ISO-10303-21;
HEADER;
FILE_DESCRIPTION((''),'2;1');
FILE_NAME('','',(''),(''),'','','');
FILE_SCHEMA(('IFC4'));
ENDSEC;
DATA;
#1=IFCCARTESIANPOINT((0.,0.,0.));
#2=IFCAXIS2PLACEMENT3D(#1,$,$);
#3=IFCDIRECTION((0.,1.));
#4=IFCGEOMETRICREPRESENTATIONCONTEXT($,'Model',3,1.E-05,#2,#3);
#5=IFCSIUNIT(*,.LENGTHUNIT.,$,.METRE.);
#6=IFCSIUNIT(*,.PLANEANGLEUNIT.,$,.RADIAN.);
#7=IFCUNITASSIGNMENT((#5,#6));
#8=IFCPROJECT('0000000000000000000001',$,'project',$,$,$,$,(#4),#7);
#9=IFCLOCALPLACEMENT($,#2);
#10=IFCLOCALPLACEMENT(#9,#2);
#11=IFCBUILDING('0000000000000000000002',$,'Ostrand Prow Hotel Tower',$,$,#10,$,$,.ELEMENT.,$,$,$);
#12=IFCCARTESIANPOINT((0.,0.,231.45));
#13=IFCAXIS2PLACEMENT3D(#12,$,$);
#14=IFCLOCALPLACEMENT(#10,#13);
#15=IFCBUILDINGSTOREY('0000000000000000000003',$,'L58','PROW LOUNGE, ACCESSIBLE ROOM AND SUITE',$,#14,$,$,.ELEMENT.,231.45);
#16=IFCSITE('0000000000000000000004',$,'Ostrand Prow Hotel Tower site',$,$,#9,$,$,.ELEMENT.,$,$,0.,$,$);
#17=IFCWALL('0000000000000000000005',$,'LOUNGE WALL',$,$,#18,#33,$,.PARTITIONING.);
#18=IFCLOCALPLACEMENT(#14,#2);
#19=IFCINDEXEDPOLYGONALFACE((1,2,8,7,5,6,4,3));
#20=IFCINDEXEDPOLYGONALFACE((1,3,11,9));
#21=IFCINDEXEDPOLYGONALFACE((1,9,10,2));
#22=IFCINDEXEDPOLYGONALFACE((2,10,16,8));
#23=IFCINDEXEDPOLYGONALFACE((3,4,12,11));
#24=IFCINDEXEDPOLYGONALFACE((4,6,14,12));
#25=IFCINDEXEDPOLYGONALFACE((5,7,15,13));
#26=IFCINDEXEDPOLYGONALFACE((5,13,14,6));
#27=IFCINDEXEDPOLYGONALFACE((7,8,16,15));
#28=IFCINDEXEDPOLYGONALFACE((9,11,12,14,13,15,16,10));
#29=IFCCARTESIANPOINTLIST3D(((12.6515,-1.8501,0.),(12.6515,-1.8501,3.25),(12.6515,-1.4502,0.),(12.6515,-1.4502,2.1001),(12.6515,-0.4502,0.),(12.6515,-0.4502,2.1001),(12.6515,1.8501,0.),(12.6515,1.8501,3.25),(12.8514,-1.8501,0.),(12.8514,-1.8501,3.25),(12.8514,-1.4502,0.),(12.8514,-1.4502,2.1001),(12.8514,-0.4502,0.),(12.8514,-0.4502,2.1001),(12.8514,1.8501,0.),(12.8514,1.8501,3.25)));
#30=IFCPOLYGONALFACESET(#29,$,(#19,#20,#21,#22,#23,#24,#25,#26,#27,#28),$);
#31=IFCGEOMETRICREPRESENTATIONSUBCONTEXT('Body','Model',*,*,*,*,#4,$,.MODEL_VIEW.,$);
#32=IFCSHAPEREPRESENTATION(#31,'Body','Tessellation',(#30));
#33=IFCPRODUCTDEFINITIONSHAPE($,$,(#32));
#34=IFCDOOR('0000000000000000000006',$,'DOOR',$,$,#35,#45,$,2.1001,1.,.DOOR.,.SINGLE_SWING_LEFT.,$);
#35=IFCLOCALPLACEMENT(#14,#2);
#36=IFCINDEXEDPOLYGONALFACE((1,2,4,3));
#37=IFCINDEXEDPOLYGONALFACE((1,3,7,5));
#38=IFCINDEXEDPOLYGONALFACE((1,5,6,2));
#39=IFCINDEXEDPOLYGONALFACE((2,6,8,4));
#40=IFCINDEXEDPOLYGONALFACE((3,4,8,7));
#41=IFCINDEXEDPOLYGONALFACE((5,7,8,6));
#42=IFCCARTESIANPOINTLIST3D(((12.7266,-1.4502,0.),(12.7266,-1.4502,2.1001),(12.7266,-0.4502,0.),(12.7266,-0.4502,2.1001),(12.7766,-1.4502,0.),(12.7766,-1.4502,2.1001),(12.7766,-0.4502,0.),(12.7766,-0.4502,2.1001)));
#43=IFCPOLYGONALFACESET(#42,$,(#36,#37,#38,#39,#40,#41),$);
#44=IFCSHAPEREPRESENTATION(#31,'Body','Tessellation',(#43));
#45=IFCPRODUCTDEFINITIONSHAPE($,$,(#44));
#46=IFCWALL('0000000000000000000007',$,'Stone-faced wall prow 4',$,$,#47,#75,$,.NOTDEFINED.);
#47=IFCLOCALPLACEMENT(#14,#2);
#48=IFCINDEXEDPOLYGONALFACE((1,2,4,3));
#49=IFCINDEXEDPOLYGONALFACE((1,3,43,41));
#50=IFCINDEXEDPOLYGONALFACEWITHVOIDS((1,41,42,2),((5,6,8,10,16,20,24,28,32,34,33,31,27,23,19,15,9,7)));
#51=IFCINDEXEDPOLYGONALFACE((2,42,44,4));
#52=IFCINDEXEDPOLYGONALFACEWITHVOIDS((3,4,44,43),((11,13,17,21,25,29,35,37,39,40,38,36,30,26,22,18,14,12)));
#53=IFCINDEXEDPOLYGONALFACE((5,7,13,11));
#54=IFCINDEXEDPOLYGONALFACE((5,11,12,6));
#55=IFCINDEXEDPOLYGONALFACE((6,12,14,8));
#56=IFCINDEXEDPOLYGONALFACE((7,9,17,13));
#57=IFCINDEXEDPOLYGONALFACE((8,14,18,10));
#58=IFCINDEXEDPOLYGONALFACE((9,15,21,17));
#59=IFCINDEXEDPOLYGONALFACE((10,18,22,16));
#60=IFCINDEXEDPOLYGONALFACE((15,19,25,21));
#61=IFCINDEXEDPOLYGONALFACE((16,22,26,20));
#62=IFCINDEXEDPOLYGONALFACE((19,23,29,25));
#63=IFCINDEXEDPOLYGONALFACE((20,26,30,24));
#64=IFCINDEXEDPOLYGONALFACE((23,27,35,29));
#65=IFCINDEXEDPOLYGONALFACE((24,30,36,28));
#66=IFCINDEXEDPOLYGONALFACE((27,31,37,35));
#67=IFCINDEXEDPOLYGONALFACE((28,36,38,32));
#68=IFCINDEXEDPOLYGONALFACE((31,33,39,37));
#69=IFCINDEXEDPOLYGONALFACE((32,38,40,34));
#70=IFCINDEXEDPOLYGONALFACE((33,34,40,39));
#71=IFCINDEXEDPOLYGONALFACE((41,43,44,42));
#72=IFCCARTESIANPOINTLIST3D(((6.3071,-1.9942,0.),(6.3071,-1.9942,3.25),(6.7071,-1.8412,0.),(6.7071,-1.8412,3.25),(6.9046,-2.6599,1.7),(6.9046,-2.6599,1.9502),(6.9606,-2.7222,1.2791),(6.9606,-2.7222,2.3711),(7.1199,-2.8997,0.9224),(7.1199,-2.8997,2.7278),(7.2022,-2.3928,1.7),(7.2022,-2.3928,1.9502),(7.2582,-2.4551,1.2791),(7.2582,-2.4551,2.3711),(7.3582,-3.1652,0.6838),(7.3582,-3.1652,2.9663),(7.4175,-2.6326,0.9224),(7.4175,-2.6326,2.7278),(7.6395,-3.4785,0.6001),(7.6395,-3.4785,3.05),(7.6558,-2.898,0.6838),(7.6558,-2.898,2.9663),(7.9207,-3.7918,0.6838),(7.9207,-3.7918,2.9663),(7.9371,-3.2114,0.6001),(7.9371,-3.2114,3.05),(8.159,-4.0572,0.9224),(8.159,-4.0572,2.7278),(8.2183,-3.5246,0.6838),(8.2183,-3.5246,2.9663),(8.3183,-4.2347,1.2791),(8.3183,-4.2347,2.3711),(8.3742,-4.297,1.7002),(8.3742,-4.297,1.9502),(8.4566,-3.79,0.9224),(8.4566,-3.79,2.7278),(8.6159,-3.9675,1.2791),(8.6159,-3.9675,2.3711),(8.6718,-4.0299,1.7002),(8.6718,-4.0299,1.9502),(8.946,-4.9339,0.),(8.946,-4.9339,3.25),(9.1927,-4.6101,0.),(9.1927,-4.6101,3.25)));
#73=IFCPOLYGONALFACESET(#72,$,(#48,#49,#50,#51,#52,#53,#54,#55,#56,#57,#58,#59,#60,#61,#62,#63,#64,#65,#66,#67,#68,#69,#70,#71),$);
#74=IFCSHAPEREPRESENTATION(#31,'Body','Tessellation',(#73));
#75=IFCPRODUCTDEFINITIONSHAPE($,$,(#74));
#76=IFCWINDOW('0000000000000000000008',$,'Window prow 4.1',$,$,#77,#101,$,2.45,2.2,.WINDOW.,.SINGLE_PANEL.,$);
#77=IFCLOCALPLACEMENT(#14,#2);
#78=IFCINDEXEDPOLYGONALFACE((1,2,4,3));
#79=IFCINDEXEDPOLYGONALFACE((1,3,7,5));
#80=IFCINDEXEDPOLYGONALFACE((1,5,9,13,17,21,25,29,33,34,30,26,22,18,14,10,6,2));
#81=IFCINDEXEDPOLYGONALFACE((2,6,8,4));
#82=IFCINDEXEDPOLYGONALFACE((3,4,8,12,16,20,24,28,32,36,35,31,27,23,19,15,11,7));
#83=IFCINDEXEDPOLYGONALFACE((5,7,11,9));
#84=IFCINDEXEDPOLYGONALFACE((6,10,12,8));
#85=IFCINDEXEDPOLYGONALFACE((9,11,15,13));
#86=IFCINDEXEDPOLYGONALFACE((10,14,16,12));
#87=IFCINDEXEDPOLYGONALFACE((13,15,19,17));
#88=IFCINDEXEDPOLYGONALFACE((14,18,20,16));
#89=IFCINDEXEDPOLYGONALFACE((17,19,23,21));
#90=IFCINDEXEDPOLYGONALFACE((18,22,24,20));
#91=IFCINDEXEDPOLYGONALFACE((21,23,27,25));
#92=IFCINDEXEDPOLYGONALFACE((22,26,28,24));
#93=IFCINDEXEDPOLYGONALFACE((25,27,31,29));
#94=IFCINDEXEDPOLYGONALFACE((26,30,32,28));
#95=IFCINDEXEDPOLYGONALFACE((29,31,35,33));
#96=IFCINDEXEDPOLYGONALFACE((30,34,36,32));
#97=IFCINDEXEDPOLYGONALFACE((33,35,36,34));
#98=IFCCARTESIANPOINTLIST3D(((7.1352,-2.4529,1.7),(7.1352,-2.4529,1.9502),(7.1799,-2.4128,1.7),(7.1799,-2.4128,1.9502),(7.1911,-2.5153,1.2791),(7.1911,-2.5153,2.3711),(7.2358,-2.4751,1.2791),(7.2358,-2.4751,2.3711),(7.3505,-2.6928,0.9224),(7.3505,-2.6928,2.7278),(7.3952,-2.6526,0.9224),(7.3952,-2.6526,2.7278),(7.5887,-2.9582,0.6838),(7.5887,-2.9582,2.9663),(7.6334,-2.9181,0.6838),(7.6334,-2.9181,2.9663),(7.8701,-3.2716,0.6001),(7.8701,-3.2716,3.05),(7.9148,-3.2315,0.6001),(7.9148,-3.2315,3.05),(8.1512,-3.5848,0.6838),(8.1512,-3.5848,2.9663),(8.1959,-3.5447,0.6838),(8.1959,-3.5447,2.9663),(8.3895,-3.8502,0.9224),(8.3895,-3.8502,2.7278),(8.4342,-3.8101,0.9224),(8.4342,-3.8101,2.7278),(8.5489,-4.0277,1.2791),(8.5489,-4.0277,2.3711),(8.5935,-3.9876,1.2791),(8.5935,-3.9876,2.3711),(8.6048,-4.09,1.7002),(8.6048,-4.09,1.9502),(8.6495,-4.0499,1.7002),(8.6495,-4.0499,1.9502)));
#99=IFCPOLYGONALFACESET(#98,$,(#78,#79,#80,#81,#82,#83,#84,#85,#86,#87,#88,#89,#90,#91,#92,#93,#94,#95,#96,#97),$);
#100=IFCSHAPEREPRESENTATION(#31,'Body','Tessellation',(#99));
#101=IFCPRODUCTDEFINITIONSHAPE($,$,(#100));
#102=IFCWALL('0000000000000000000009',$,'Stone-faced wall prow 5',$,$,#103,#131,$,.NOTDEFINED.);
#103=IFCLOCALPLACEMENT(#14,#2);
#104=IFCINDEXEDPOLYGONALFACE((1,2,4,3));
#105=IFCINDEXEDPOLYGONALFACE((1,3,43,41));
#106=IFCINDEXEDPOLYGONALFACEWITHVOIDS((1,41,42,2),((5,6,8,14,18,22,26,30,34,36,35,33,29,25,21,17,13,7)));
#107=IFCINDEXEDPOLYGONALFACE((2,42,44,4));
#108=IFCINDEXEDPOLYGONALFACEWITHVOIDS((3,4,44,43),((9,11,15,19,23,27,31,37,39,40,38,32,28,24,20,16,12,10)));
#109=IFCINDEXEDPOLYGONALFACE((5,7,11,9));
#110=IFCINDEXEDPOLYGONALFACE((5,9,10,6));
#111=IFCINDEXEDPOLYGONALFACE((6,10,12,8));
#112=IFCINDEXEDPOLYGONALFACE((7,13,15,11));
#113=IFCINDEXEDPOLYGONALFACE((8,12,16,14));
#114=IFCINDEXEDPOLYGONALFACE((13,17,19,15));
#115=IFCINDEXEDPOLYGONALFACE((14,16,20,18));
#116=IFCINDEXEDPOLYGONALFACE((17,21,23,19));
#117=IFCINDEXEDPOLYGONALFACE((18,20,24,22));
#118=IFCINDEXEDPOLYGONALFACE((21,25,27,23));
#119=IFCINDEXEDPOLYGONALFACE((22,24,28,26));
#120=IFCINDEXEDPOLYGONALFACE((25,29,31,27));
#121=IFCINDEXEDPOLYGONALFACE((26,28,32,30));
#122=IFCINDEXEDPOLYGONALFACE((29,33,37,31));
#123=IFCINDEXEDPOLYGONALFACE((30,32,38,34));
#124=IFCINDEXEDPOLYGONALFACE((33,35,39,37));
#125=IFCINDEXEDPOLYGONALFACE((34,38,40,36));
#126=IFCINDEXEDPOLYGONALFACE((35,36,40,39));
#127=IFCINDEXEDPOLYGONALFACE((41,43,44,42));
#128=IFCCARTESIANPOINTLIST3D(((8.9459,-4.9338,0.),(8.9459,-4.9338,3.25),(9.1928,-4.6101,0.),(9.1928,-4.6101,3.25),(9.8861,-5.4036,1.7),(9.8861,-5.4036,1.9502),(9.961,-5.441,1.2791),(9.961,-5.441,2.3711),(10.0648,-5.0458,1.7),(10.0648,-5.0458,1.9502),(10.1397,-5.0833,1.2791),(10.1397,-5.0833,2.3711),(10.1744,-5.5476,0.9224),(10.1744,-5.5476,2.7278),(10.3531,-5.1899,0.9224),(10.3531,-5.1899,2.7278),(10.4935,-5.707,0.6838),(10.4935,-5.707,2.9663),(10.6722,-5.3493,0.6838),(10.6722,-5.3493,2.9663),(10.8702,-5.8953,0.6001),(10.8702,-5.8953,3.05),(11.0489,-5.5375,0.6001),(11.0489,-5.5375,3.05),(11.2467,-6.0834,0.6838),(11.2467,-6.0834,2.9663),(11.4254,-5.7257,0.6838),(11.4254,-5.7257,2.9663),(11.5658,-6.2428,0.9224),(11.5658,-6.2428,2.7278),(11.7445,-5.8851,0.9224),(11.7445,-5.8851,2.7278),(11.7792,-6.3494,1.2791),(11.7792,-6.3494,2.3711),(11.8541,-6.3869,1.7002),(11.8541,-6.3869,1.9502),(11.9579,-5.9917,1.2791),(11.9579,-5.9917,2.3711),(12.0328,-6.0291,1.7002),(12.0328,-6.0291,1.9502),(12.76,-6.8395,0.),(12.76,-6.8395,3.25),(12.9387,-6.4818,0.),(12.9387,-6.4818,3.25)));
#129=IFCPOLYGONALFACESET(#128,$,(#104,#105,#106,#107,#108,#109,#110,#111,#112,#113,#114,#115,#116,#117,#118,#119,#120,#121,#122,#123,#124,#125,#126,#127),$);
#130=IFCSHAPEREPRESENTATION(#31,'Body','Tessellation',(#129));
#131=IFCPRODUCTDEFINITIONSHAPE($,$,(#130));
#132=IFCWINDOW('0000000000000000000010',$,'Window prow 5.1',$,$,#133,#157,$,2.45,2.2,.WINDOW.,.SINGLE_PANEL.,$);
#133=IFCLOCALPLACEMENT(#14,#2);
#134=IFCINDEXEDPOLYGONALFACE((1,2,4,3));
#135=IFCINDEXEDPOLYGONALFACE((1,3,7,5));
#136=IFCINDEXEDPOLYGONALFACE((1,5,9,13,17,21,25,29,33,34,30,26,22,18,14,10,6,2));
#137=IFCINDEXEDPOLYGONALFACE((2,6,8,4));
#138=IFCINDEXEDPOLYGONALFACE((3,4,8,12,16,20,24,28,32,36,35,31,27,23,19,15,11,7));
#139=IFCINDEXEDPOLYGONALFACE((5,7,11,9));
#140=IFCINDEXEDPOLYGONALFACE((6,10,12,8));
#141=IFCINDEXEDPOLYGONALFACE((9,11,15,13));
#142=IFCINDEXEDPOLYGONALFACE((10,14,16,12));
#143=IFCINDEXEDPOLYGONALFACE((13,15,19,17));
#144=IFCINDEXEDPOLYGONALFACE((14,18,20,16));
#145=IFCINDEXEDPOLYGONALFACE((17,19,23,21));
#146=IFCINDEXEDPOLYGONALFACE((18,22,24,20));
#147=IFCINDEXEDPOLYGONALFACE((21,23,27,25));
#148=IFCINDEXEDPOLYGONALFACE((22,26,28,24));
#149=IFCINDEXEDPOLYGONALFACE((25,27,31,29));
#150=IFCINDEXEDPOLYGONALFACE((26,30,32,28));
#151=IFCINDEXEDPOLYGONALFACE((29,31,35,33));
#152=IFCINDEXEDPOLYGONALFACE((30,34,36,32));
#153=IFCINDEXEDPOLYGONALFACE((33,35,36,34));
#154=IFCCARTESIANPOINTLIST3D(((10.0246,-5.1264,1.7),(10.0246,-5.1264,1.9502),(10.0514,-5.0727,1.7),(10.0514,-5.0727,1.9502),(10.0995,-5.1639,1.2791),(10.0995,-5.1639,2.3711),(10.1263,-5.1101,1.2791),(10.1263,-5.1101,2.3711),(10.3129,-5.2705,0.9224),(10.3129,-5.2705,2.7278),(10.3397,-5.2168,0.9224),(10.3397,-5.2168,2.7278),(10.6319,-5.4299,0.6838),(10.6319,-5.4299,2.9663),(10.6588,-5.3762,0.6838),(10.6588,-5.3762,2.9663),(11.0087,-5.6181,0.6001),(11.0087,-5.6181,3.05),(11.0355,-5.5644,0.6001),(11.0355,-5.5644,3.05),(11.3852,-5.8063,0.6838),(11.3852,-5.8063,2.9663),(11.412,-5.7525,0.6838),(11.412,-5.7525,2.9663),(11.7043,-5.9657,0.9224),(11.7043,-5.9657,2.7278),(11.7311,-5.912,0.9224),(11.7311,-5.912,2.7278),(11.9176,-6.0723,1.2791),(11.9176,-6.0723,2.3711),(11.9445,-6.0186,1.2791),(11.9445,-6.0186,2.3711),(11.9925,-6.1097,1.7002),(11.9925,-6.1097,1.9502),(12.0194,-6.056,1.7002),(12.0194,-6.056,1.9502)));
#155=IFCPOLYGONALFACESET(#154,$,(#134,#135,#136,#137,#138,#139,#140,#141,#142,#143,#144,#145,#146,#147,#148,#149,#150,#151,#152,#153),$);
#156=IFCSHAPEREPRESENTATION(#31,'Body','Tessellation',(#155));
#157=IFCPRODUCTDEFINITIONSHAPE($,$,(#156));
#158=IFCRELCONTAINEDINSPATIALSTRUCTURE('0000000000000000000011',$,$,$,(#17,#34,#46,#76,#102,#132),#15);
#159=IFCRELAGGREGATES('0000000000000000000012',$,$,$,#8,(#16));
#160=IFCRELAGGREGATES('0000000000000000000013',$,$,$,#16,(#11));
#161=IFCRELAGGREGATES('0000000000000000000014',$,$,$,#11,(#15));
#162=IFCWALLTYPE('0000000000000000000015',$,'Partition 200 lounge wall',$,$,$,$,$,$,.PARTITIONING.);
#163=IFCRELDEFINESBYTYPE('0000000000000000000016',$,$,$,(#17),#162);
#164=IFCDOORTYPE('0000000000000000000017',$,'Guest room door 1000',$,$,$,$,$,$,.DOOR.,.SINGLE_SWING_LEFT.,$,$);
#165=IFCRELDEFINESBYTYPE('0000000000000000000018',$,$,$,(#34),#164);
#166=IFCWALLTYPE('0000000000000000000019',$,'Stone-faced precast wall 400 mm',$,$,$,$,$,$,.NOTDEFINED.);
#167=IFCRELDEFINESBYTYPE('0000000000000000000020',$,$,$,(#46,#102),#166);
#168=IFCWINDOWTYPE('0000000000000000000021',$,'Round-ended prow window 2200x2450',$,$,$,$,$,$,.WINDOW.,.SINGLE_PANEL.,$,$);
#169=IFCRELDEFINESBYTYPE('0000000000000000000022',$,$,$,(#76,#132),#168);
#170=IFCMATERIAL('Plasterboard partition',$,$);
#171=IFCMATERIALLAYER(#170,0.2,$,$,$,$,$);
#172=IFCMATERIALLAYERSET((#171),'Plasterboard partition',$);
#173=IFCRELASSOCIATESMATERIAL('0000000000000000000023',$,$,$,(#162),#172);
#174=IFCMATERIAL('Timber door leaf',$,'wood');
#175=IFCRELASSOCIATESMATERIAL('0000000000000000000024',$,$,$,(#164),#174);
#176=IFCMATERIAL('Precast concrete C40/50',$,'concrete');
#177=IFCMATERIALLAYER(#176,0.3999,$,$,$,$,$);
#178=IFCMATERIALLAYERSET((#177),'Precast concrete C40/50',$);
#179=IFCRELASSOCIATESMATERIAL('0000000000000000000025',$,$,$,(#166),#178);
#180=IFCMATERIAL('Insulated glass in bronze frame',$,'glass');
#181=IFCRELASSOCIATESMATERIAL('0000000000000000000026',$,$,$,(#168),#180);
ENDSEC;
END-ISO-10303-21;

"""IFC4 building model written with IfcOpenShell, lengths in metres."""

from ifc_helpers import new_model, si_unit, direction, frame, frame_2d, origin, place, context, subcontext, project, spatial, polyline, rectangle, outline, extrude, material, layer, layer_set, type_object, element, fill, save


model = new_model("IFC4")

# Units and contexts
model_context = context("Model", 3, precision=1e-05, world=origin(), true_north=direction((0.0, 1.0)))
body_context = subcontext(model_context, "Body", "Model", "MODEL_VIEW")
ifc_project = project(units=[si_unit("LENGTHUNIT", "METRE"), si_unit("PLANEANGLEUNIT", "RADIAN")], contexts=[model_context])

# Site, building, storey
site_placement = place(None, origin())
site = spatial("IfcSite", under=ifc_project, at=site_placement, Name="Ostrand Prow Hotel Tower site", CompositionType="ELEMENT", RefElevation=0.0)
building_placement = place(site_placement, origin())
building = spatial("IfcBuilding", under=site, at=building_placement, Name="Ostrand Prow Hotel Tower", CompositionType="ELEMENT")
storey_placement = place(building_placement, frame((0.0, 0.0, 231.45)))
storey = spatial("IfcBuildingStorey", under=building, at=storey_placement, Name="L58", Description="PROW LOUNGE, ACCESSIBLE ROOM AND SUITE", CompositionType="ELEMENT", Elevation=231.45)

# Wall, opening, door
ifc_material_1 = material(Name="Plasterboard partition")
ifc_layer_1 = layer(ifc_material_1, 0.2)
ifc_layer_set_1 = layer_set([ifc_layer_1], Name="Plasterboard partition")
wall_type_1 = type_object("IfcWallType", Name="Partition 200 lounge wall", PredefinedType="PARTITIONING", material=ifc_layer_set_1)
wall_1_placement = place(storey_placement, frame((12.7515, -1.8501, 0.0), z_axis=(0.0, 0.0, 1.0), x_axis=(0.0, 1.0, 0.0)))
wall_1 = element("IfcWall", 1, at=wall_1_placement, inside=storey, type_object=wall_type_1, Name="LOUNGE WALL", PredefinedType="PARTITIONING", context=body_context, shape_type="SweptSolid", body=[
    extrude(rectangle(XDim=3.7002, YDim=0.2, at=frame_2d((1.8501, 0.0))), origin(), (0.0, 0.0, 1.0), 3.25),
])
opening_1_placement = place(wall_1_placement, frame((0.3999, 0.0, 0.0)))
opening_1 = element("IfcOpeningElement", 2, at=opening_1_placement, cuts=wall_1, PredefinedType="OPENING", context=body_context, shape_type="SweptSolid", body=[
    extrude(rectangle(XDim=1.0, YDim=2.1001, at=frame_2d((0.5, 1.05))), frame((0.0, 0.1099, 0.0), z_axis=(0.0, -1.0, 0.0), x_axis=(1.0, 0.0, 0.0)), (0.0, 0.0, 1.0), 0.22),
])
ifc_material_2 = material(Name="Timber door leaf", Category="wood")
door_type_1 = type_object("IfcDoorType", Name="Guest room door 1000", OperationType="SINGLE_SWING_LEFT", PredefinedType="DOOR", material=ifc_material_2)
door_1_placement = place(opening_1_placement, origin())
door_1 = element("IfcDoor", 3, at=door_1_placement, inside=storey, type_object=door_type_1, Name="DOOR", OperationType="SINGLE_SWING_LEFT", OverallHeight=2.1001, OverallWidth=1.0, PredefinedType="DOOR", context=body_context, shape_type="SweptSolid", body=[
    extrude(rectangle(XDim=1.0, YDim=2.1001, at=frame_2d((0.5, 1.05))), frame((0.0, 0.0249, 0.0), z_axis=(0.0, -1.0, 0.0), x_axis=(1.0, 0.0, 0.0)), (0.0, 0.0, 1.0), 0.05),
])
fill(opening_1, door_1)

# Walls, openings, windows
ifc_material_3 = material(Name="Precast concrete C40/50", Category="concrete")
ifc_layer_2 = layer(ifc_material_3, 0.3999)
ifc_layer_set_2 = layer_set([ifc_layer_2], Name="Precast concrete C40/50")
wall_type_2 = type_object("IfcWallType", Name="Stone-faced precast wall 400 mm", PredefinedType="NOTDEFINED", material=ifc_layer_set_2)
wall_2_placement = place(storey_placement, frame((6.5071, -1.9177, 0.0), z_axis=(0.0, 0.0, 1.0), x_axis=(0.668018, -0.744145, 0.0)))
wall_2 = element("IfcWall", 4, at=wall_2_placement, inside=storey, type_object=wall_type_2, Name="Stone-faced wall prow 4", PredefinedType="NOTDEFINED", context=body_context, shape_type="SweptSolid", body=[
    extrude(outline(polyline([(-0.0767, -0.2), (3.8738, -0.2), (3.7976, 0.2), (0.0767, 0.2), (-0.0767, -0.2)])), origin(), (0.0, 0.0, 1.0), 3.25),
])
opening_2_placement = place(wall_2_placement, frame((0.8179, 0.0, 0.6001)))
opening_2 = element("IfcOpeningElement", 5, at=opening_2_placement, cuts=wall_2, PredefinedType="OPENING", context=body_context, shape_type="SweptSolid", body=[
    extrude(outline(polyline([(0.0, 1.3501), (0.0837, 1.771), (0.3223, 2.1277), (0.679, 2.3662), (1.1001, 2.45), (1.521, 2.3662), (1.8777, 2.1277), (2.1162, 1.771), (2.2, 1.3501), (2.2, 1.1001), (2.1162, 0.679), (1.8777, 0.3223), (1.521, 0.0837), (1.1001, 0.0), (0.679, 0.0837), (0.3223, 0.3223), (0.0837, 0.679), (0.0, 1.0999), (0.0, 1.3501)])), frame((0.0, 0.21, 0.0), z_axis=(0.0, -1.0, 0.0), x_axis=(1.0, 0.0, 0.0)), (0.0, 0.0, 1.0), 0.4199),
])
ifc_material_4 = material(Name="Insulated glass in bronze frame", Category="glass")
window_type = type_object("IfcWindowType", Name="Round-ended prow window 2200x2450", PartitioningType="SINGLE_PANEL", PredefinedType="WINDOW", material=ifc_material_4)
window_1_placement = place(opening_2_placement, origin())
window_1 = element("IfcWindow", 6, at=window_1_placement, inside=storey, type_object=window_type, Name="Window prow 4.1", OverallHeight=2.45, OverallWidth=2.2, PartitioningType="SINGLE_PANEL", PredefinedType="WINDOW", context=body_context, shape_type="SweptSolid", body=[
    extrude(outline(polyline([(0.0, 1.3501), (0.0837, 1.771), (0.3223, 2.1277), (0.679, 2.3662), (1.1001, 2.45), (1.521, 2.3662), (1.8777, 2.1277), (2.1162, 1.771), (2.2, 1.3501), (2.2, 1.1001), (2.1162, 0.679), (1.8777, 0.3223), (1.521, 0.0837), (1.1001, 0.0), (0.679, 0.0837), (0.3223, 0.3223), (0.0837, 0.679), (0.0, 1.0999), (0.0, 1.3501)])), frame((0.0, 0.1699, 0.0), z_axis=(0.0, -1.0, 0.0), x_axis=(1.0, 0.0, 0.0)), (0.0, 0.0, 1.0), 0.0601),
])
fill(opening_2, window_1)
wall_3_placement = place(storey_placement, frame((9.0693, -4.772, 0.0), z_axis=(0.0, 0.0, 1.0), x_axis=(0.894554, -0.446959, 0.0)))
wall_3 = element("IfcWall", 7, at=wall_3_placement, inside=storey, type_object=wall_type_2, Name="Stone-faced wall prow 5", PredefinedType="NOTDEFINED", context=body_context, shape_type="SweptSolid", body=[
    extrude(outline(polyline([(-0.0381, -0.2), (4.2256, -0.2), (4.2256, 0.2), (0.0381, 0.2), (-0.0381, -0.2)])), origin(), (0.0, 0.0, 1.0), 3.25),
])
opening_3_placement = place(wall_3_placement, frame((1.0129, 0.0, 0.6001)))
opening_3 = element("IfcOpeningElement", 8, at=opening_3_placement, cuts=wall_3, PredefinedType="OPENING", context=body_context, shape_type="SweptSolid", body=[
    extrude(outline(polyline([(0.0, 1.3501), (0.0837, 1.771), (0.3223, 2.1277), (0.679, 2.3662), (1.1001, 2.45), (1.521, 2.3662), (1.8777, 2.1277), (2.1162, 1.771), (2.2, 1.3501), (2.2, 1.1001), (2.1162, 0.679), (1.8777, 0.3223), (1.521, 0.0837), (1.1001, 0.0), (0.679, 0.0837), (0.3223, 0.3223), (0.0837, 0.679), (0.0, 1.0999), (0.0, 1.3501)])), frame((0.0, 0.21, 0.0), z_axis=(0.0, -1.0, 0.0), x_axis=(1.0, 0.0, 0.0)), (0.0, 0.0, 1.0), 0.4199),
])
window_2_placement = place(opening_3_placement, origin())
window_2 = element("IfcWindow", 9, at=window_2_placement, inside=storey, type_object=window_type, Name="Window prow 5.1", OverallHeight=2.45, OverallWidth=2.2, PartitioningType="SINGLE_PANEL", PredefinedType="WINDOW", context=body_context, shape_type="SweptSolid", body=[
    extrude(outline(polyline([(0.0, 1.3501), (0.0837, 1.771), (0.3223, 2.1277), (0.679, 2.3662), (1.1001, 2.45), (1.521, 2.3662), (1.8777, 2.1277), (2.1162, 1.771), (2.2, 1.3501), (2.2, 1.1001), (2.1162, 0.679), (1.8777, 0.3223), (1.521, 0.0837), (1.1001, 0.0), (0.679, 0.0837), (0.3223, 0.3223), (0.0837, 0.679), (0.0, 1.0999), (0.0, 1.3501)])), frame((0.0, 0.1699, 0.0), z_axis=(0.0, -1.0, 0.0), x_axis=(1.0, 0.0, 0.0)), (0.0, 0.0, 1.0), 0.0601),
])
fill(opening_3, window_2)

save(model, "model.ifc")
